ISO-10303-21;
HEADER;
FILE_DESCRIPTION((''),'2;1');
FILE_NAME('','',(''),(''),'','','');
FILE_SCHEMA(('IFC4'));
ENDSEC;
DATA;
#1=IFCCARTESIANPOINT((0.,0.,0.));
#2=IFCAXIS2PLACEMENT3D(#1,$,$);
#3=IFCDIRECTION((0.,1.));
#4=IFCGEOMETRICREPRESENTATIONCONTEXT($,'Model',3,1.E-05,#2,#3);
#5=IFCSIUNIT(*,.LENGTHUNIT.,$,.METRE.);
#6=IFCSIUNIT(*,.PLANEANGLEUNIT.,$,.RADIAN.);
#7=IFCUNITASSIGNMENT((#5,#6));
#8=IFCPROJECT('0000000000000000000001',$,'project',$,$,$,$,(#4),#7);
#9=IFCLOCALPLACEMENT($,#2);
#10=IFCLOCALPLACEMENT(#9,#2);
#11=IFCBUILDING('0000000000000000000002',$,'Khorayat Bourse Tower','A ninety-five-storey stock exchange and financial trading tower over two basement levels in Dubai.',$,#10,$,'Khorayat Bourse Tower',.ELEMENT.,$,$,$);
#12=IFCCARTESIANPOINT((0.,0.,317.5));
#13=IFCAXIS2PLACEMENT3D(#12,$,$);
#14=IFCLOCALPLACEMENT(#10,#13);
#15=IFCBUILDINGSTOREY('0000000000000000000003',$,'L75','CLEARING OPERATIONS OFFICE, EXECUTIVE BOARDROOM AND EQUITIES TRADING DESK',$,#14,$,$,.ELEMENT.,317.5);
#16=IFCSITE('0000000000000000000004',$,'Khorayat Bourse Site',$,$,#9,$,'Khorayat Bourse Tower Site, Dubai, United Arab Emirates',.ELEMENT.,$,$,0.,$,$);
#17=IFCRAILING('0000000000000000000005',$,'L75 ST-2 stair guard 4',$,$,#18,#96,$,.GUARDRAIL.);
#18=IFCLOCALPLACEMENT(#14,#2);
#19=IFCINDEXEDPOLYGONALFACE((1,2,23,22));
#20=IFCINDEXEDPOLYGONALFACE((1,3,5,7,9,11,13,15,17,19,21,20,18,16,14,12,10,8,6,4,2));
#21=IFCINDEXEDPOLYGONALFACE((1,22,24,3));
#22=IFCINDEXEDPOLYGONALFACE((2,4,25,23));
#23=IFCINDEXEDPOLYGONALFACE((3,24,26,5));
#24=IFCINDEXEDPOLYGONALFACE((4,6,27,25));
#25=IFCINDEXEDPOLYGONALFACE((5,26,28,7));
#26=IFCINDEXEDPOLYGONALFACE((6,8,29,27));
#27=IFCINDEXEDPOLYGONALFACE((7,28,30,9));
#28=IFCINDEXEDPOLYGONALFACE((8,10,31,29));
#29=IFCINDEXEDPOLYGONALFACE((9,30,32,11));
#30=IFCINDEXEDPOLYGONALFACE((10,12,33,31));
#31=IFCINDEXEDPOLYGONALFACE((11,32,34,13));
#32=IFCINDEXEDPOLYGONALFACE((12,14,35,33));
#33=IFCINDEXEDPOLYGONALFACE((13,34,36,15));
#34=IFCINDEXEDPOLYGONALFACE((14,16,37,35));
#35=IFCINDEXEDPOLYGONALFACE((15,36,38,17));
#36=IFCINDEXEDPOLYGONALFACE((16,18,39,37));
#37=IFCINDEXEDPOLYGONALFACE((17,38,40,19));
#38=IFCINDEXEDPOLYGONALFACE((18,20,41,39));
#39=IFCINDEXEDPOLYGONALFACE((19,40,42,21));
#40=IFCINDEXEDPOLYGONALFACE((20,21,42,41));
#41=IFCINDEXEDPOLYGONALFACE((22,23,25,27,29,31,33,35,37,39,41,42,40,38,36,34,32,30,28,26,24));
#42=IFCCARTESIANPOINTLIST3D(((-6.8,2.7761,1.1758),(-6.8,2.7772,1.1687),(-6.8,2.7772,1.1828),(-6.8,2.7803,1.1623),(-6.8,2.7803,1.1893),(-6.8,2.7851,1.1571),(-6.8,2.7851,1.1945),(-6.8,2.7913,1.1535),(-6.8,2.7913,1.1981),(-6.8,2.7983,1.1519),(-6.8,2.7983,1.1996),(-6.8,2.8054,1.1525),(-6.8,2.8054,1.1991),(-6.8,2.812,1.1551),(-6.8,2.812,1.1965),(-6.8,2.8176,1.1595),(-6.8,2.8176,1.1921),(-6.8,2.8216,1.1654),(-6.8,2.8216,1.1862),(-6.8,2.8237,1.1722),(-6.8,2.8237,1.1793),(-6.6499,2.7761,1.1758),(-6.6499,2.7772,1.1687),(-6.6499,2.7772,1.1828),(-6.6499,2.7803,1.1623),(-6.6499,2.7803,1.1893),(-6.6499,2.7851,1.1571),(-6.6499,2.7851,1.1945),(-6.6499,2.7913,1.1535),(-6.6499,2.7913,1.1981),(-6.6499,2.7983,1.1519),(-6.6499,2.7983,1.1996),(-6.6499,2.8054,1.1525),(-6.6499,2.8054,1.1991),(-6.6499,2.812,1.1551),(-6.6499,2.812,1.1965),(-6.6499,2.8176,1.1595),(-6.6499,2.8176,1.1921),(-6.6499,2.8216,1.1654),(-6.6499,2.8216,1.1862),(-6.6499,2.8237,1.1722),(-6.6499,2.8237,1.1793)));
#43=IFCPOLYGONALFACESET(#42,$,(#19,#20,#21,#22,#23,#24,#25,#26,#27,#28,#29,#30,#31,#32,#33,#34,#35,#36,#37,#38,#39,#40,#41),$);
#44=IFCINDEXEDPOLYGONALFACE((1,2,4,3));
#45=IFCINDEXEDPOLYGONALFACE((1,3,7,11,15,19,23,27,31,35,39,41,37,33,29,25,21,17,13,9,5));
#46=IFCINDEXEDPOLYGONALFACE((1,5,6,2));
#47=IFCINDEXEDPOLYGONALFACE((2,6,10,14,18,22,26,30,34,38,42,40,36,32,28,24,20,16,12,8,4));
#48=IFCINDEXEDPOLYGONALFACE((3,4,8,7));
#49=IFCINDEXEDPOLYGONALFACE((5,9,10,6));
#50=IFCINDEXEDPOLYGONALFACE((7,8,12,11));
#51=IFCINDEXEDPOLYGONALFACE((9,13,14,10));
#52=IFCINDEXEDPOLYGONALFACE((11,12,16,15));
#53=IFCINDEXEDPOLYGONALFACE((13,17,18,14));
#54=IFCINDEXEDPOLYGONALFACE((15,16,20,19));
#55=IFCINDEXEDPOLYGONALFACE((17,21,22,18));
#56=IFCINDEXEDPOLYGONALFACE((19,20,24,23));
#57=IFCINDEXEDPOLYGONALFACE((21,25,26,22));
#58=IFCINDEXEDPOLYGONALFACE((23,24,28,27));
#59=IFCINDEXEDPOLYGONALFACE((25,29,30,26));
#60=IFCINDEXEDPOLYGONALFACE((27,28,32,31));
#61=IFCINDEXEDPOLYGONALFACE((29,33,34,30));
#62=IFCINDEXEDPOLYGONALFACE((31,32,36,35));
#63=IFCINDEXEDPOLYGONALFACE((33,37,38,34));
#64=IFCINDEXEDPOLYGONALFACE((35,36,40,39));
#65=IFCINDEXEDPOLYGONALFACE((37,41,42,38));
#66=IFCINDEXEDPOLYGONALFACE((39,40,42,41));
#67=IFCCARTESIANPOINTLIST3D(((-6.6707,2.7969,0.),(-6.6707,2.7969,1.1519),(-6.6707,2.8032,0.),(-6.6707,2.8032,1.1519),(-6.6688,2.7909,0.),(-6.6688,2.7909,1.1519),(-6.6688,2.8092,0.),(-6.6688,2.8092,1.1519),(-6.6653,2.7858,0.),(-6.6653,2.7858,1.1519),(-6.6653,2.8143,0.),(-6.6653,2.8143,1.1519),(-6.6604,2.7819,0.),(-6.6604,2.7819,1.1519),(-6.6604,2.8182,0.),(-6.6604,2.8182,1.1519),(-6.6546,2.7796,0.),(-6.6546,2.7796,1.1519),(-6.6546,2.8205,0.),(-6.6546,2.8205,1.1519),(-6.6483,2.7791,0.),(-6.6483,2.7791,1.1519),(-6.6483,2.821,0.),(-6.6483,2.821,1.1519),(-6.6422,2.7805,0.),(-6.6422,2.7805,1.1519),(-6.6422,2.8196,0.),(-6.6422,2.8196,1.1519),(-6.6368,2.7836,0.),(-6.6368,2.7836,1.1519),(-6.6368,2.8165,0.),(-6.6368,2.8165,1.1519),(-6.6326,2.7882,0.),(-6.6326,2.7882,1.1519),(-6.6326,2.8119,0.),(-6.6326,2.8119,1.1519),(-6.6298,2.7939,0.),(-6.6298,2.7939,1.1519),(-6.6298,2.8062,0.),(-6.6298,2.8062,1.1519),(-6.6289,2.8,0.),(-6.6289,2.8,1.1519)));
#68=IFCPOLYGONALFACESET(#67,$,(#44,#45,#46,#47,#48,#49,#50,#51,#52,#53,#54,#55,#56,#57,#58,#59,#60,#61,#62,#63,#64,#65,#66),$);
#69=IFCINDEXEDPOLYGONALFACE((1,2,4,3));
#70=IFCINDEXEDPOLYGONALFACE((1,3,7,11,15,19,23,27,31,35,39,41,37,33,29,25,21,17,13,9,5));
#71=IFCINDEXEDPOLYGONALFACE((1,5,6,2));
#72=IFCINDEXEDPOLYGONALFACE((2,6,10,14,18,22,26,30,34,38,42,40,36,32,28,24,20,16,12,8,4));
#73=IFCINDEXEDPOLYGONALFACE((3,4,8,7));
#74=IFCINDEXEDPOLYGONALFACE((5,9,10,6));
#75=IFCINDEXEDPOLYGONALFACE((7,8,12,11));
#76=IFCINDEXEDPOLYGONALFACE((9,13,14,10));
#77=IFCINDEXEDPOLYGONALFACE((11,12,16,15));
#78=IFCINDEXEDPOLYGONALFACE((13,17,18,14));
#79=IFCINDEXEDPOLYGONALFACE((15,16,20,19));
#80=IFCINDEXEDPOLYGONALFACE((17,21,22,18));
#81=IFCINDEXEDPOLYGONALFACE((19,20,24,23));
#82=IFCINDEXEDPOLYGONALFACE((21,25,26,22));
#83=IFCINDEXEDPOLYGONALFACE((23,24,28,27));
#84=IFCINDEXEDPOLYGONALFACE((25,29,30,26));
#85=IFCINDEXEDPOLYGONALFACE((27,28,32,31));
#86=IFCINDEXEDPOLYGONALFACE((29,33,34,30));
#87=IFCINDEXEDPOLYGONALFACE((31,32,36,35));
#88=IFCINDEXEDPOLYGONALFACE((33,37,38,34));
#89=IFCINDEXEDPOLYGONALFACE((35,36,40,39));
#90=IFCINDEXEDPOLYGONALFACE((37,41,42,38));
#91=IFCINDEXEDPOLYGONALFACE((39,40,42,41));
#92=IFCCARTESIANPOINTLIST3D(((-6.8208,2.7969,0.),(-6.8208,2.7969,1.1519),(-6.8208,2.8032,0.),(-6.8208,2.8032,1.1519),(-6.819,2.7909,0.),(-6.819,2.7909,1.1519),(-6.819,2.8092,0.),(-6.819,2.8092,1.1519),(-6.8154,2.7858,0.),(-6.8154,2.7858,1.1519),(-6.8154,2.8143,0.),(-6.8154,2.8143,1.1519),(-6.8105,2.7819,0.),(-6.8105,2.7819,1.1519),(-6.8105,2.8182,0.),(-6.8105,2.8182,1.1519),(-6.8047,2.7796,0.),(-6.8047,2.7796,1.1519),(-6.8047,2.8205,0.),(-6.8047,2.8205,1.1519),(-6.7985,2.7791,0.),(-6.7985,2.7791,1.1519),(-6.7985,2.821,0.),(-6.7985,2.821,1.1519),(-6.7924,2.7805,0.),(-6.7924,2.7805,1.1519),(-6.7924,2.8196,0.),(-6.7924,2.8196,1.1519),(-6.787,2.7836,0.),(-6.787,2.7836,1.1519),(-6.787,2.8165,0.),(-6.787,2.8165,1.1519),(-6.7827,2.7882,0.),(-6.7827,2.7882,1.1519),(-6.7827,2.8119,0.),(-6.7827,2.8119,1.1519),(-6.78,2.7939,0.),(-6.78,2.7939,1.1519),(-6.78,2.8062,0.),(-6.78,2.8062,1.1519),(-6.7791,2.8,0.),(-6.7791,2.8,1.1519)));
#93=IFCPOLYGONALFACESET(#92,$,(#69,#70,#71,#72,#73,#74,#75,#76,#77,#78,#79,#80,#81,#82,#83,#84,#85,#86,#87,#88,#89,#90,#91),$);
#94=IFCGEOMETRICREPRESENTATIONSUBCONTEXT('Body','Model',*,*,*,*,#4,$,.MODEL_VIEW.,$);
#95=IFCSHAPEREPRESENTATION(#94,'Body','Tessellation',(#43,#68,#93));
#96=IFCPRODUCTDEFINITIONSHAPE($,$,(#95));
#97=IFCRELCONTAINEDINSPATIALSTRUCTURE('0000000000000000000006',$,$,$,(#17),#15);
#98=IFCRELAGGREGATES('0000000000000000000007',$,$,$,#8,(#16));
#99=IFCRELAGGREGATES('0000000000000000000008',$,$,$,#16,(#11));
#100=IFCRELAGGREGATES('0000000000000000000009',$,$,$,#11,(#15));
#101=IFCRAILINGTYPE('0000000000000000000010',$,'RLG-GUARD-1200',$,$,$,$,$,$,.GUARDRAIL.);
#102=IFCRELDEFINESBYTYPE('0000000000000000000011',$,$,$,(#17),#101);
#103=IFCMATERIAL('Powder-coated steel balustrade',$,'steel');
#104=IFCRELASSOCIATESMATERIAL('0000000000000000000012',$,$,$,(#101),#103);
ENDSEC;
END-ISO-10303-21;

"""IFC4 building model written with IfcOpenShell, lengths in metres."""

from ifc_helpers import new_model, si_unit, direction, frame, origin, origin_2d, place, context, subcontext, project, spatial, circle, extrude, source, transform, mapped, material, type_object, element, save


model = new_model("IFC4")

# Units and contexts
model_context = context("Model", 3, precision=1e-05, world=origin(), true_north=direction((0.0, 1.0)))
body_context = subcontext(model_context, "Body", "Model", "MODEL_VIEW")
ifc_project = project(units=[si_unit("LENGTHUNIT", "METRE"), si_unit("PLANEANGLEUNIT", "RADIAN")], contexts=[model_context])

# Site, building, storey
site_placement = place(None, origin())
site = spatial("IfcSite", under=ifc_project, at=site_placement, Name="Khorayat Bourse Site", LongName="Khorayat Bourse Tower Site, Dubai, United Arab Emirates", CompositionType="ELEMENT", RefElevation=0.0)
building_placement = place(site_placement, origin())
building = spatial("IfcBuilding", under=site, at=building_placement, Name="Khorayat Bourse Tower", Description="A ninety-five-storey stock exchange and financial trading tower over two basement levels in Dubai.", LongName="Khorayat Bourse Tower", CompositionType="ELEMENT")
storey_placement = place(building_placement, frame((0.0, 0.0, 317.5)))
storey = spatial("IfcBuildingStorey", under=building, at=storey_placement, Name="L75", Description="CLEARING OPERATIONS OFFICE, EXECUTIVE BOARDROOM AND EQUITIES TRADING DESK", CompositionType="ELEMENT", Elevation=317.5)

# Railing
ifc_material_1 = material(Name="Powder-coated steel balustrade", Category="steel")
railing_type_1 = type_object("IfcRailingType", Name="RLG-GUARD-1200", PredefinedType="GUARDRAIL", material=ifc_material_1)
shared_shape_1 = source(origin(), body_context, "Body", "SweptSolid", [
    extrude(circle(Radius=0.0239, at=origin_2d()), frame((0.0, 0.0, 1.1758), z_axis=(-1.0, 0.0, 0.0), x_axis=(0.0, -1.0, 0.0)), (0.0, 0.0, 1.0), 0.1501),
    extrude(circle(Radius=0.021, at=origin_2d()), origin(), (0.0, 0.0, 1.0), 1.1519),
    extrude(circle(Radius=0.021, at=origin_2d()), frame((-0.1501, 0.0, 0.0)), (0.0, 0.0, 1.0), 1.1519),
])
for number, where, name in (
    (1, (-6.6499, 2.8, 0.0), "L75 ST-2 stair guard 4"),
):
    element("IfcRailing", number, at=place(storey_placement, frame(where)), inside=storey, type_object=railing_type_1, Name=name, PredefinedType="GUARDRAIL", context=body_context, shape_type="MappedRepresentation", body=[
        mapped(shared_shape_1, transform((0.0, 0.0, 0.0), scale=1.0)),
    ])

save(model, "model.ifc")
